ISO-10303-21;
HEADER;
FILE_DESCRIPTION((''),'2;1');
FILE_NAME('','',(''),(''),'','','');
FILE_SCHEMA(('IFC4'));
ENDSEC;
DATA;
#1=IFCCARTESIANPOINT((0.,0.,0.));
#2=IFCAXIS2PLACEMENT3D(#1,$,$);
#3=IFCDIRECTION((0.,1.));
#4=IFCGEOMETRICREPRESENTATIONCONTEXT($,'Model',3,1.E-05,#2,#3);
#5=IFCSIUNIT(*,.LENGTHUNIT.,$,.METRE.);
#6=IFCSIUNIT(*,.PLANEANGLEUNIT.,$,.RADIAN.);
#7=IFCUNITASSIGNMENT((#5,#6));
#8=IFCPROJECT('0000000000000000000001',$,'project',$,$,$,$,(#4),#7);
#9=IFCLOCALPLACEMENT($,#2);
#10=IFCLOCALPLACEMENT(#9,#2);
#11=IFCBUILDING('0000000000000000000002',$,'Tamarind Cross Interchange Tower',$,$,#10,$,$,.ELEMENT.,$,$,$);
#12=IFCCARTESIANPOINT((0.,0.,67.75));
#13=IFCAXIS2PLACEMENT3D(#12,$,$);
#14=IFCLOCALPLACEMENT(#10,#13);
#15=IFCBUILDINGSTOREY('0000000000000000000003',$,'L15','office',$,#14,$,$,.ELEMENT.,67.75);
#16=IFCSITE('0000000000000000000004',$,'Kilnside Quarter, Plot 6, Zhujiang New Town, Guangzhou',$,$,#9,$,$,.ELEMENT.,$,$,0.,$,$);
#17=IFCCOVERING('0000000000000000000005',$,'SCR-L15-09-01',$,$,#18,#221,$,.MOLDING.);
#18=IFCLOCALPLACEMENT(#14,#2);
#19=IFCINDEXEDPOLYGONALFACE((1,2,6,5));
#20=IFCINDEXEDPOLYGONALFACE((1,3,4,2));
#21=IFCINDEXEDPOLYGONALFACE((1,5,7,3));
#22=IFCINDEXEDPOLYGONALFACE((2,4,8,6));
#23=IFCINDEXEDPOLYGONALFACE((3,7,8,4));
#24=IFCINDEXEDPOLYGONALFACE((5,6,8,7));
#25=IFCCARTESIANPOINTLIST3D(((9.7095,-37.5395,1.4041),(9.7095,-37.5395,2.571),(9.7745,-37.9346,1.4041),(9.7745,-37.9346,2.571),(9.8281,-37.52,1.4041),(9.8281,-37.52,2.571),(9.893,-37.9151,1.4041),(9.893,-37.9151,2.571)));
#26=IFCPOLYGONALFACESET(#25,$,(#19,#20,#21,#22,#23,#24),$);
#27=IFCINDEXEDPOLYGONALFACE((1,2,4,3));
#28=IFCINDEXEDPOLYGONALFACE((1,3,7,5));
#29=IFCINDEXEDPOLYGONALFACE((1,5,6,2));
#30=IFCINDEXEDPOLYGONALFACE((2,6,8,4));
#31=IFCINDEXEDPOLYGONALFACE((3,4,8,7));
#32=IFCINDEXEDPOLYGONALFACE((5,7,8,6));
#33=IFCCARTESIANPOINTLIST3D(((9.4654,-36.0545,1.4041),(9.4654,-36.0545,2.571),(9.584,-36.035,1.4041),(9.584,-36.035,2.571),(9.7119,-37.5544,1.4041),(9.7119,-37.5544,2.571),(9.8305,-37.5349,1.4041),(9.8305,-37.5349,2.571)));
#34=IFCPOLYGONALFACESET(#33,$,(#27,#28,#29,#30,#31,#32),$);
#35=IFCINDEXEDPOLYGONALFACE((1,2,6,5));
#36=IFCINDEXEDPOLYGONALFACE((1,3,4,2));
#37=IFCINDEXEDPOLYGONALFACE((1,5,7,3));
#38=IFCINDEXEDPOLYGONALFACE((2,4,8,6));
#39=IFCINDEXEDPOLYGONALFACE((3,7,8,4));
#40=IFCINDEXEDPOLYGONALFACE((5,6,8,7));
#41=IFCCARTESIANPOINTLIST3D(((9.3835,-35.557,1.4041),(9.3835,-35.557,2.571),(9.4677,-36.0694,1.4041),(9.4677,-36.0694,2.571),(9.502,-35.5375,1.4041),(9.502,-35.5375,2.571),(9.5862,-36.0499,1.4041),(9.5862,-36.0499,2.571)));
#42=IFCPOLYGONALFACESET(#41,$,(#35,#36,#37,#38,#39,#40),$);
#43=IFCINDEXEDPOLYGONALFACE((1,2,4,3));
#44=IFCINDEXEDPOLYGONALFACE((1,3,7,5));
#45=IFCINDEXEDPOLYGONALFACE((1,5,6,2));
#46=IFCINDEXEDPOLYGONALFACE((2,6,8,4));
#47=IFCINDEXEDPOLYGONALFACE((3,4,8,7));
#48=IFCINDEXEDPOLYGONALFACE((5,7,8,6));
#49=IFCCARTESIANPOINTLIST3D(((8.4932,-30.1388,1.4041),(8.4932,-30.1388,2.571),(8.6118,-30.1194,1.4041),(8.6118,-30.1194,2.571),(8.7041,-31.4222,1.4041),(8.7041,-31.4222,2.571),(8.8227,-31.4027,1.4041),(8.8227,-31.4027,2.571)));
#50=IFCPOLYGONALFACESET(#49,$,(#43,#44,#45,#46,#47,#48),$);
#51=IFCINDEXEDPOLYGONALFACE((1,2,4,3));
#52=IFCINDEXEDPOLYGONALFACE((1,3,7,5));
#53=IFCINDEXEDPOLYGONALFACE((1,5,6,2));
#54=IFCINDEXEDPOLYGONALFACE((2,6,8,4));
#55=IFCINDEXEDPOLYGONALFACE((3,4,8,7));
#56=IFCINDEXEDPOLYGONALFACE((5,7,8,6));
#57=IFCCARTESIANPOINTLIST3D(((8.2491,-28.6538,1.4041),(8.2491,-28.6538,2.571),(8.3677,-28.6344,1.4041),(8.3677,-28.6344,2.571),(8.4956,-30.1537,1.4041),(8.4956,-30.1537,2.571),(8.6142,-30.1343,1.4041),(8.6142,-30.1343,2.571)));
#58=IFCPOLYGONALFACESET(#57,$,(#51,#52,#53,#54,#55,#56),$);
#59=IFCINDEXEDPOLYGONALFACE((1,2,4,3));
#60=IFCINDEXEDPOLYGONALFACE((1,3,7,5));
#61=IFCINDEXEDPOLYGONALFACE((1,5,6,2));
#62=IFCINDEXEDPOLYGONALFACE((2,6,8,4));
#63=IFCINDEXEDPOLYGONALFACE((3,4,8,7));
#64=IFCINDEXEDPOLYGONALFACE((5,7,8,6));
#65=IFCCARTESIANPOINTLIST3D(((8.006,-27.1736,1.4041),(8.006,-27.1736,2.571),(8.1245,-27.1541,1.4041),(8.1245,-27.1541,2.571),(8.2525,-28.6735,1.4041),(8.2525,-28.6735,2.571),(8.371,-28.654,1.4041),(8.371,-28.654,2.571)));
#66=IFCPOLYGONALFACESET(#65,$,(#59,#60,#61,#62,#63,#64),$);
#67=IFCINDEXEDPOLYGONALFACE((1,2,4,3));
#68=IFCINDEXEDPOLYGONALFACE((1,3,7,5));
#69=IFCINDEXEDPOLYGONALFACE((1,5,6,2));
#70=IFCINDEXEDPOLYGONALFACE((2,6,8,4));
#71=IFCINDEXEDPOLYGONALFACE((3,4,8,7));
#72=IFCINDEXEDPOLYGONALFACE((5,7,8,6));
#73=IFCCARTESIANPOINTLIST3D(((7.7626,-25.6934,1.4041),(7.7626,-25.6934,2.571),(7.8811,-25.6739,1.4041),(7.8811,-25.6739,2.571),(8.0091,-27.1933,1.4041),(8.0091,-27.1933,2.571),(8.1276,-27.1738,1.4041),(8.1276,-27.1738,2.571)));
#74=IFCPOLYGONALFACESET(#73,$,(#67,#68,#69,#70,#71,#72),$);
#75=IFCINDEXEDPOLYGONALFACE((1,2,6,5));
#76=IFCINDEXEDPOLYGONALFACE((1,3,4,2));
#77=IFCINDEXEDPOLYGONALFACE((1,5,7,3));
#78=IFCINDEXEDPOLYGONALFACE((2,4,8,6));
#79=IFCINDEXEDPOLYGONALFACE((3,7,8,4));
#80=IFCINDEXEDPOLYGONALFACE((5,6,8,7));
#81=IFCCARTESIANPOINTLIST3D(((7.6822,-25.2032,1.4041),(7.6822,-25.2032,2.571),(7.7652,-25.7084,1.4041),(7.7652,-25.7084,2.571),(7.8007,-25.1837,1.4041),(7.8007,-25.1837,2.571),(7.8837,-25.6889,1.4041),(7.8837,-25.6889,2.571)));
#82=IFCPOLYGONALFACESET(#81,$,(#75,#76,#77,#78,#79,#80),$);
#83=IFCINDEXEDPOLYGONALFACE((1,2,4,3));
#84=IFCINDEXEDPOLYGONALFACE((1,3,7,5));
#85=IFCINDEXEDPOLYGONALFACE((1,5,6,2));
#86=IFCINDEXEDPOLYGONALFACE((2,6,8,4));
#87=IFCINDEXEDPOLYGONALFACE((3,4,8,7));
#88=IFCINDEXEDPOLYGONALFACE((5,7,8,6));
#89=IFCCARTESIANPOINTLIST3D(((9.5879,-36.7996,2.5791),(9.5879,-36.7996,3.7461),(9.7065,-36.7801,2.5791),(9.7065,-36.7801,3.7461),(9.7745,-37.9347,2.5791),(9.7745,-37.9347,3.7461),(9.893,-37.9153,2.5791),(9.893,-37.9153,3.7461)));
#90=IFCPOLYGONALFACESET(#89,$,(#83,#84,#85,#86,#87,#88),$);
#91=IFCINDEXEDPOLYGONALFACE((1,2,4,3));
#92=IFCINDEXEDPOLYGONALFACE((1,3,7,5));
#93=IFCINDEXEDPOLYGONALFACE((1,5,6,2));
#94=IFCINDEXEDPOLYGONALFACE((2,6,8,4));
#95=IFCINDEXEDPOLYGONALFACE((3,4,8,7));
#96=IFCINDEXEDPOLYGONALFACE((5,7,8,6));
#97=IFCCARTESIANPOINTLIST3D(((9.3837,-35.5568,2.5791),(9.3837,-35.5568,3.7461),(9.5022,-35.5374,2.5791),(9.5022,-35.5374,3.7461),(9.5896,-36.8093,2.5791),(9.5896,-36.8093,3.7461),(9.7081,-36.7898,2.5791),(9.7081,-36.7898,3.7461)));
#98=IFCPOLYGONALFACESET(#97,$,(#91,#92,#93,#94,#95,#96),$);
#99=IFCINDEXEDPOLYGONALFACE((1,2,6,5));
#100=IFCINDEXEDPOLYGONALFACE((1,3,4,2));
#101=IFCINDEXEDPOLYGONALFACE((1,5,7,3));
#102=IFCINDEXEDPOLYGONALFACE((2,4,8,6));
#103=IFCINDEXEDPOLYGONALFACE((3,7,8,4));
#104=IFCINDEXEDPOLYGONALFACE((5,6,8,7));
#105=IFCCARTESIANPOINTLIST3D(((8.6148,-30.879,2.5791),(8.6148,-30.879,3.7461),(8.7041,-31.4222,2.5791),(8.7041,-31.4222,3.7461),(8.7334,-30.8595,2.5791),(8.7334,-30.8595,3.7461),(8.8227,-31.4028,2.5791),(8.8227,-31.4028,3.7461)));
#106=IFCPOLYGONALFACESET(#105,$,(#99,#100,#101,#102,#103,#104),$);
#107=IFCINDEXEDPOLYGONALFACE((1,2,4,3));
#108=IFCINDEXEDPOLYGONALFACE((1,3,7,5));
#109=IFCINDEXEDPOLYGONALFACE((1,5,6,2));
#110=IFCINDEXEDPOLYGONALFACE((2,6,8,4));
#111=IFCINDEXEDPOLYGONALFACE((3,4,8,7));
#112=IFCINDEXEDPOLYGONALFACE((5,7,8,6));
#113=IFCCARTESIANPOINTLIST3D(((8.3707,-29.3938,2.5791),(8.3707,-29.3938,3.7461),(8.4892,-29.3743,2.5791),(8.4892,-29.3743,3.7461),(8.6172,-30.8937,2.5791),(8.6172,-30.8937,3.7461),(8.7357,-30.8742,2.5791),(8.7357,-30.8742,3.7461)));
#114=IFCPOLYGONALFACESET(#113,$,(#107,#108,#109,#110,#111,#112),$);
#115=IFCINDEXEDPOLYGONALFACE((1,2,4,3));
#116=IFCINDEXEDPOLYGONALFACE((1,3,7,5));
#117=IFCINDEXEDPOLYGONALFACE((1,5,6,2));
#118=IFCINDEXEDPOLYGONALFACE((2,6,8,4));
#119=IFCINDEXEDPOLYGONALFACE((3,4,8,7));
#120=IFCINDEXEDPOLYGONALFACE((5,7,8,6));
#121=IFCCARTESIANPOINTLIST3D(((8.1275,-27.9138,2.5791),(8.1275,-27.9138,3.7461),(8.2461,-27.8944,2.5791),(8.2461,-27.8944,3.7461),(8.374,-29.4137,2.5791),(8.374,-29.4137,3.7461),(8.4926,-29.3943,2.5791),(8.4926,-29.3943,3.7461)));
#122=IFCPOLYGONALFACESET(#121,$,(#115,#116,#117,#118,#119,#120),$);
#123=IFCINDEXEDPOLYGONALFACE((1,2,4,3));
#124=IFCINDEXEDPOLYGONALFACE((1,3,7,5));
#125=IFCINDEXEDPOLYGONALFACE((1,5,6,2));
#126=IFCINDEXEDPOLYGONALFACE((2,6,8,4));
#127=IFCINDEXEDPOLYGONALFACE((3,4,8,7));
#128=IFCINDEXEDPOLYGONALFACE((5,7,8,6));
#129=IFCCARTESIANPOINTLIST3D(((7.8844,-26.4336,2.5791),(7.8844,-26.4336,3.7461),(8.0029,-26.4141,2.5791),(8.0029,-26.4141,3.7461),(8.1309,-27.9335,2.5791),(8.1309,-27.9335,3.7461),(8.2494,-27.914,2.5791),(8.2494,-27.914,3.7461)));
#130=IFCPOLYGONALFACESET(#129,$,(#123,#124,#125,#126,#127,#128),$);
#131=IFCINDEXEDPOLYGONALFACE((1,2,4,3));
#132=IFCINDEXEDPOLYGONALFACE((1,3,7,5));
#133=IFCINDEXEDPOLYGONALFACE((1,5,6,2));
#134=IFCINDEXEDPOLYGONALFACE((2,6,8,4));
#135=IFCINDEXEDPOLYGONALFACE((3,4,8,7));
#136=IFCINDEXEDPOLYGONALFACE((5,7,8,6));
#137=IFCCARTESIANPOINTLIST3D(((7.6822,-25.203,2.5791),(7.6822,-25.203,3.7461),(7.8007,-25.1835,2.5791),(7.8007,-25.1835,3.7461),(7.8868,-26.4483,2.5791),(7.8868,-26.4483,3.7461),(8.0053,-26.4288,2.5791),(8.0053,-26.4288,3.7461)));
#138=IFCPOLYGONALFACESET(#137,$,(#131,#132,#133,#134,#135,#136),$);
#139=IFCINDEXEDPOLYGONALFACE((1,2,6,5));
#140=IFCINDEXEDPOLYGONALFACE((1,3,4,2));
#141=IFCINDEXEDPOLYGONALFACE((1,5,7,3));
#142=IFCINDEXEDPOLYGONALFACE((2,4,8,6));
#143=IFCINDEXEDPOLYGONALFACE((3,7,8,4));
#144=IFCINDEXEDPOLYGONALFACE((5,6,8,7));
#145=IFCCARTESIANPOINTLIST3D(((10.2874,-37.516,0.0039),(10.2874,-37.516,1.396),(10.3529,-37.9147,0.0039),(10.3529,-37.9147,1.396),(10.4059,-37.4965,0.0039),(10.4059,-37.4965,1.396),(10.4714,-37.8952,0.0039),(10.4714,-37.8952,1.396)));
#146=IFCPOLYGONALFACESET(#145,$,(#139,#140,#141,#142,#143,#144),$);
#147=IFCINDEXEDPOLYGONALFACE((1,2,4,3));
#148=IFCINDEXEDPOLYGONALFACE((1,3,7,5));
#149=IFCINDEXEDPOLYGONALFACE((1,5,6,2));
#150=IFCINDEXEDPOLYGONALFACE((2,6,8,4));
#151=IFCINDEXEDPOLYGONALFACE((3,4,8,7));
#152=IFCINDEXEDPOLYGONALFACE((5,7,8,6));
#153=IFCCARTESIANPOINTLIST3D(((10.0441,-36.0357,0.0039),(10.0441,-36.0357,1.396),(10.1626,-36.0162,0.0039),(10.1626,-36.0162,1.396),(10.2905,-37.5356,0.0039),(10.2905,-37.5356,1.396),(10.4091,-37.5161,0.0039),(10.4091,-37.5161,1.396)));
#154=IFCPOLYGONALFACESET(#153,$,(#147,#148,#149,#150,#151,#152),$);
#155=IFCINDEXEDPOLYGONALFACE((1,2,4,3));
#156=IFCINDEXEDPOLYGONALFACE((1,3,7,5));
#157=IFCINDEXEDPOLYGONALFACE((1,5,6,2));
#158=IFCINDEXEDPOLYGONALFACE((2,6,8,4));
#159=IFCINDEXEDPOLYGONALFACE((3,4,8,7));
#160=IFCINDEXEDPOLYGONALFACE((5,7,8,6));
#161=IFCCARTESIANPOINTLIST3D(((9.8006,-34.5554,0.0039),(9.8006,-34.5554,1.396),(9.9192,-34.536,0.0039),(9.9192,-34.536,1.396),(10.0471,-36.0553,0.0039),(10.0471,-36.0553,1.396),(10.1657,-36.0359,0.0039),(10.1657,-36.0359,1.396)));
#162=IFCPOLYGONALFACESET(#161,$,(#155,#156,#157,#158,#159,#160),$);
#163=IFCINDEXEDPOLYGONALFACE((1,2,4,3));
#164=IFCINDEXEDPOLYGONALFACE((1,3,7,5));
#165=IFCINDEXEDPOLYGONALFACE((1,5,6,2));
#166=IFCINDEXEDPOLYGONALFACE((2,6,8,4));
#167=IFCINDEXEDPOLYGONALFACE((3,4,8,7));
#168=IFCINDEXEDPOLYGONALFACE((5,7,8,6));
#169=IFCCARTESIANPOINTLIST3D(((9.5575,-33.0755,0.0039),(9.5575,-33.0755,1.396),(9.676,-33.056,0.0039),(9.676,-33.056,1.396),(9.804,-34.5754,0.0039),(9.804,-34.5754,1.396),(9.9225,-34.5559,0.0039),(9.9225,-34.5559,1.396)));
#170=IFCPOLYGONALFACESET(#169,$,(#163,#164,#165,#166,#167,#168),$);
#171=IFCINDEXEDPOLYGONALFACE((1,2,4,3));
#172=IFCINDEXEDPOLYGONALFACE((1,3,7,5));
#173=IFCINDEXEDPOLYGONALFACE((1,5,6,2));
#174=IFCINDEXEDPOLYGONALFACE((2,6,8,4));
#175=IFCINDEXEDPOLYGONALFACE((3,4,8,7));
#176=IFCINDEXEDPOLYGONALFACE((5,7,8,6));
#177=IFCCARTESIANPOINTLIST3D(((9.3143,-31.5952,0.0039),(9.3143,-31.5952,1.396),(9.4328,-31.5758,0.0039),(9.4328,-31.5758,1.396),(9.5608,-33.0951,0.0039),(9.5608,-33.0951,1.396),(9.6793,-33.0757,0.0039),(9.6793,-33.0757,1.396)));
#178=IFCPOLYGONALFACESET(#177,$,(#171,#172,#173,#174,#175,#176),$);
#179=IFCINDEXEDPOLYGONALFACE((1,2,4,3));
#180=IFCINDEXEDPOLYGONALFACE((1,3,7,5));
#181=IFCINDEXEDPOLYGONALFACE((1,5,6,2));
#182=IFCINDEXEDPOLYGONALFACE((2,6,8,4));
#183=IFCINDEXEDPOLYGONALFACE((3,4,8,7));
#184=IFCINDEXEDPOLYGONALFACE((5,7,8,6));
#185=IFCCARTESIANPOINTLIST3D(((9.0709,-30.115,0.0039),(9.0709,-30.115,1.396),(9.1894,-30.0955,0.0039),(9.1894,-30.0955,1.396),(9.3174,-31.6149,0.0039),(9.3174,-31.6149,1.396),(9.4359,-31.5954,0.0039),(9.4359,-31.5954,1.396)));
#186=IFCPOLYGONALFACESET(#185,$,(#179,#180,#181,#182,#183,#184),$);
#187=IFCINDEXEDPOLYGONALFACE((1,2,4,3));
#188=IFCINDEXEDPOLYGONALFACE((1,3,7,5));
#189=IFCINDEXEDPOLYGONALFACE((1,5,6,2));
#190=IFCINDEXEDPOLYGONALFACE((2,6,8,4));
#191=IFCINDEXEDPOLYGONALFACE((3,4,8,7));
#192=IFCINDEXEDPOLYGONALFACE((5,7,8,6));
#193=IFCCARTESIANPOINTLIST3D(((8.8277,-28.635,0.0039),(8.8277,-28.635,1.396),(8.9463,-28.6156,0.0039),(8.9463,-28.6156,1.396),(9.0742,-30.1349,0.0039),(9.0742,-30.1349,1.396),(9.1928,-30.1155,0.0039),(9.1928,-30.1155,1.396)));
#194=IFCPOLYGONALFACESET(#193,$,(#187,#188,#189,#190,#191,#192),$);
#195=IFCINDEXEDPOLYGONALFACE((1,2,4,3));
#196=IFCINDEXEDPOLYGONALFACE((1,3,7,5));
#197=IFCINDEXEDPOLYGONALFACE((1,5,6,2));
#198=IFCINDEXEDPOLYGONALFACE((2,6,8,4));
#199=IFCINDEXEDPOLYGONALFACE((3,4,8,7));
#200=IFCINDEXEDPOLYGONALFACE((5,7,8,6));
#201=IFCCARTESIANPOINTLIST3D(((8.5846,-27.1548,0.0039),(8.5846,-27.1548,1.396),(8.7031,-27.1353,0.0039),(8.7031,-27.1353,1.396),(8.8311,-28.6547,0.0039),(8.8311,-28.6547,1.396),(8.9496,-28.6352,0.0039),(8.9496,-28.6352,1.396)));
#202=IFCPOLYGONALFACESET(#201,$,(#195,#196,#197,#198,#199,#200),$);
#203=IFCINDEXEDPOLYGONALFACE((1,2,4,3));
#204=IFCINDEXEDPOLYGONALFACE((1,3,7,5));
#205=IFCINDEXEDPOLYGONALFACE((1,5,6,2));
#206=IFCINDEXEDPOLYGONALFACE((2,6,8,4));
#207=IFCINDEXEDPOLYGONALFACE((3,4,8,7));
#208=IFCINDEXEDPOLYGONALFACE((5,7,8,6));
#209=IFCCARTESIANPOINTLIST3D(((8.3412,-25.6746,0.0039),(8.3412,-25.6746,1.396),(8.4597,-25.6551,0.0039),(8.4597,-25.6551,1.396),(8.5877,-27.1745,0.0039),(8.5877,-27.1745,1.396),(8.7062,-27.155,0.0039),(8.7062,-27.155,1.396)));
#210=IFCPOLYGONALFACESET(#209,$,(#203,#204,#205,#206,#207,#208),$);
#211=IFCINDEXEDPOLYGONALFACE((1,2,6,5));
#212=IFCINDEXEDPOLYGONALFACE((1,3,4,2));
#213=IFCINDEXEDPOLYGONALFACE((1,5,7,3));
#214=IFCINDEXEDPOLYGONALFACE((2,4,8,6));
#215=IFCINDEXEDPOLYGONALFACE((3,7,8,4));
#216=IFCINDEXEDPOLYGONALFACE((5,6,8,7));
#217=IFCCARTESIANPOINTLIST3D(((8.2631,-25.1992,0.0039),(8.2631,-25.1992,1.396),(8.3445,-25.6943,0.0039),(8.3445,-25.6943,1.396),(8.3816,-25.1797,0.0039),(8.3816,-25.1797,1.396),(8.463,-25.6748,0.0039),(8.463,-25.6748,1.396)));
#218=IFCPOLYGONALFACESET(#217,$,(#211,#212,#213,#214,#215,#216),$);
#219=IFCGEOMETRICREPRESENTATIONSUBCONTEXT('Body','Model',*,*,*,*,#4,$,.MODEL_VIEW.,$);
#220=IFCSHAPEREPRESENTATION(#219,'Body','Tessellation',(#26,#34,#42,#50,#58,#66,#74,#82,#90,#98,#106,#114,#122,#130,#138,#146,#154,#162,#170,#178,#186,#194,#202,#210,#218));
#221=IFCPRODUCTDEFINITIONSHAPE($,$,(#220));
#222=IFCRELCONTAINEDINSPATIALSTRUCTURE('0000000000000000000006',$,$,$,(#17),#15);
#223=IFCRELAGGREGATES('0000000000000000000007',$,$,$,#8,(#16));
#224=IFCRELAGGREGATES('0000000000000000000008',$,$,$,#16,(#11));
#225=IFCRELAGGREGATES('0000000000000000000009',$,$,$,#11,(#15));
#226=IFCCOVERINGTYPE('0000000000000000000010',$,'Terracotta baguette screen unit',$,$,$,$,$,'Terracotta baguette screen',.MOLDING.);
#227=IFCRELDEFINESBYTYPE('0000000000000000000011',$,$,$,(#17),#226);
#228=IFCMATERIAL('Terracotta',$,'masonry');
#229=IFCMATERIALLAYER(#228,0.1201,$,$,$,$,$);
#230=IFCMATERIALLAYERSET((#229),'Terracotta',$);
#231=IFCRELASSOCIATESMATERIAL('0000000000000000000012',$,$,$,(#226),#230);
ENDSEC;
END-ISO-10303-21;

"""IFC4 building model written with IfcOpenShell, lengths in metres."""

from ifc_helpers import new_model, si_unit, direction, frame, origin, origin_2d, place, context, subcontext, project, spatial, rectangle, extrude, material, layer, layer_set, type_object, element, save


model = new_model("IFC4")

# Units and contexts
model_context = context("Model", 3, precision=1e-05, world=origin(), true_north=direction((0.0, 1.0)))
body_context = subcontext(model_context, "Body", "Model", "MODEL_VIEW")
ifc_project = project(units=[si_unit("LENGTHUNIT", "METRE"), si_unit("PLANEANGLEUNIT", "RADIAN")], contexts=[model_context])

# Site, building, storey
site_placement = place(None, origin())
site = spatial("IfcSite", under=ifc_project, at=site_placement, Name="Kilnside Quarter, Plot 6, Zhujiang New Town, Guangzhou", CompositionType="ELEMENT", RefElevation=0.0)
building_placement = place(site_placement, origin())
building = spatial("IfcBuilding", under=site, at=building_placement, Name="Tamarind Cross Interchange Tower", CompositionType="ELEMENT")
storey_placement = place(building_placement, frame((0.0, 0.0, 67.75)))
storey = spatial("IfcBuildingStorey", under=building, at=storey_placement, Name="L15", Description="office", CompositionType="ELEMENT", Elevation=67.75)

# Covering
ifc_material_1 = material(Name="Terracotta", Category="masonry")
ifc_layer_1 = layer(ifc_material_1, 0.1201)
ifc_layer_set_1 = layer_set([ifc_layer_1], Name="Terracotta")
covering_type = type_object("IfcCoveringType", Name="Terracotta baguette screen unit", ElementType="Terracotta baguette screen", PredefinedType="MOLDING", material=ifc_layer_set_1)
covering_1_placement = place(storey_placement, origin())
element("IfcCovering", 1, at=covering_1_placement, inside=storey, type_object=covering_type, Name="SCR-L15-09-01", PredefinedType="MOLDING", context=body_context, shape_type="SweptSolid", body=[
    extrude(rectangle(XDim=0.4004, YDim=0.1201, at=origin_2d()), frame((9.8013, -37.7273, 1.4041), z_axis=(0.0, 0.0, 1.0), x_axis=(-0.162164, 0.986764, 0.0)), (0.0, 0.0, 1.0), 1.167),
    extrude(rectangle(XDim=1.52, YDim=0.1201, at=origin_2d()), frame((9.6479, -36.7947, 1.4041), z_axis=(0.0, 0.0, 1.0), x_axis=(-0.162164, 0.986764, 0.0)), (0.0, 0.0, 1.0), 1.167),
    extrude(rectangle(XDim=0.5193, YDim=0.1201, at=origin_2d()), frame((9.4849, -35.8035, 1.4041), z_axis=(0.0, 0.0, 1.0), x_axis=(-0.162164, 0.986764, 0.0)), (0.0, 0.0, 1.0), 1.167),
    extrude(rectangle(XDim=1.3005, YDim=0.1201, at=origin_2d()), frame((8.658, -30.7708, 1.4041), z_axis=(0.0, 0.0, 1.0), x_axis=(-0.162164, 0.986764, 0.0)), (0.0, 0.0, 1.0), 1.167),
    extrude(rectangle(XDim=1.52, YDim=0.1201, at=origin_2d()), frame((8.4316, -29.394, 1.4041), z_axis=(0.0, 0.0, 1.0), x_axis=(-0.162164, 0.986764, 0.0)), (0.0, 0.0, 1.0), 1.167),
    extrude(rectangle(XDim=1.52, YDim=0.1201, at=origin_2d()), frame((8.1885, -27.9138, 1.4041), z_axis=(0.0, 0.0, 1.0), x_axis=(-0.162164, 0.986764, 0.0)), (0.0, 0.0, 1.0), 1.167),
    extrude(rectangle(XDim=1.52, YDim=0.1201, at=origin_2d()), frame((7.9451, -26.4336, 1.4041), z_axis=(0.0, 0.0, 1.0), x_axis=(-0.162164, 0.986764, 0.0)), (0.0, 0.0, 1.0), 1.167),
    extrude(rectangle(XDim=0.512, YDim=0.1201, at=origin_2d()), frame((7.783, -25.446, 1.4041), z_axis=(0.0, 0.0, 1.0), x_axis=(-0.162164, 0.986764, 0.0)), (0.0, 0.0, 1.0), 1.167),
    extrude(rectangle(XDim=1.1504, YDim=0.1201, at=origin_2d()), frame((9.7405, -37.3574, 2.5791), z_axis=(0.0, 0.0, 1.0), x_axis=(-0.162164, 0.986764, 0.0)), (0.0, 0.0, 1.0), 1.167),
    extrude(rectangle(XDim=1.2693, YDim=0.1201, at=origin_2d()), frame((9.5459, -36.1733, 2.5791), z_axis=(0.0, 0.0, 1.0), x_axis=(-0.162164, 0.986764, 0.0)), (0.0, 0.0, 1.0), 1.167),
    extrude(rectangle(XDim=0.5505, YDim=0.1201, at=origin_2d()), frame((8.7188, -31.1409, 2.5791), z_axis=(0.0, 0.0, 1.0), x_axis=(-0.162164, 0.986764, 0.0)), (0.0, 0.0, 1.0), 1.167),
    extrude(rectangle(XDim=1.52, YDim=0.1201, at=origin_2d()), frame((8.5532, -30.134, 2.5791), z_axis=(0.0, 0.0, 1.0), x_axis=(-0.162164, 0.986764, 0.0)), (0.0, 0.0, 1.0), 1.167),
    extrude(rectangle(XDim=1.52, YDim=0.1201, at=origin_2d()), frame((8.3101, -28.6541, 2.5791), z_axis=(0.0, 0.0, 1.0), x_axis=(-0.162164, 0.986764, 0.0)), (0.0, 0.0, 1.0), 1.167),
    extrude(rectangle(XDim=1.52, YDim=0.1201, at=origin_2d()), frame((8.0669, -27.1738, 2.5791), z_axis=(0.0, 0.0, 1.0), x_axis=(-0.162164, 0.986764, 0.0)), (0.0, 0.0, 1.0), 1.167),
    extrude(rectangle(XDim=1.262, YDim=0.1201, at=origin_2d()), frame((7.8438, -25.8159, 2.5791), z_axis=(0.0, 0.0, 1.0), x_axis=(-0.162164, 0.986764, 0.0)), (0.0, 0.0, 1.0), 1.167),
    extrude(rectangle(XDim=0.4041, YDim=0.1201, at=origin_2d()), frame((10.3794, -37.7056, 0.0039), z_axis=(0.0, 0.0, 1.0), x_axis=(-0.162164, 0.986764, 0.0)), (0.0, 0.0, 1.0), 1.3921),
    extrude(rectangle(XDim=1.52, YDim=0.1201, at=origin_2d()), frame((10.2266, -36.7759, 0.0039), z_axis=(0.0, 0.0, 1.0), x_axis=(-0.162164, 0.986764, 0.0)), (0.0, 0.0, 1.0), 1.3921),
    extrude(rectangle(XDim=1.52, YDim=0.1201, at=origin_2d()), frame((9.9832, -35.2957, 0.0039), z_axis=(0.0, 0.0, 1.0), x_axis=(-0.162164, 0.986764, 0.0)), (0.0, 0.0, 1.0), 1.3921),
    extrude(rectangle(XDim=1.52, YDim=0.1201, at=origin_2d()), frame((9.74, -33.8157, 0.0039), z_axis=(0.0, 0.0, 1.0), x_axis=(-0.162164, 0.986764, 0.0)), (0.0, 0.0, 1.0), 1.3921),
    extrude(rectangle(XDim=1.52, YDim=0.1201, at=origin_2d()), frame((9.4968, -32.3354, 0.0039), z_axis=(0.0, 0.0, 1.0), x_axis=(-0.162164, 0.986764, 0.0)), (0.0, 0.0, 1.0), 1.3921),
    extrude(rectangle(XDim=1.52, YDim=0.1201, at=origin_2d()), frame((9.2534, -30.8552, 0.0039), z_axis=(0.0, 0.0, 1.0), x_axis=(-0.162164, 0.986764, 0.0)), (0.0, 0.0, 1.0), 1.3921),
    extrude(rectangle(XDim=1.52, YDim=0.1201, at=origin_2d()), frame((9.0103, -29.3752, 0.0039), z_axis=(0.0, 0.0, 1.0), x_axis=(-0.162164, 0.986764, 0.0)), (0.0, 0.0, 1.0), 1.3921),
    extrude(rectangle(XDim=1.52, YDim=0.1201, at=origin_2d()), frame((8.7671, -27.895, 0.0039), z_axis=(0.0, 0.0, 1.0), x_axis=(-0.162164, 0.986764, 0.0)), (0.0, 0.0, 1.0), 1.3921),
    extrude(rectangle(XDim=1.52, YDim=0.1201, at=origin_2d()), frame((8.5237, -26.4148, 0.0039), z_axis=(0.0, 0.0, 1.0), x_axis=(-0.162164, 0.986764, 0.0)), (0.0, 0.0, 1.0), 1.3921),
    extrude(rectangle(XDim=0.5017, YDim=0.1201, at=origin_2d()), frame((8.363, -25.437, 0.0039), z_axis=(0.0, 0.0, 1.0), x_axis=(-0.162164, 0.986764, 0.0)), (0.0, 0.0, 1.0), 1.3921),
])

save(model, "model.ifc")
